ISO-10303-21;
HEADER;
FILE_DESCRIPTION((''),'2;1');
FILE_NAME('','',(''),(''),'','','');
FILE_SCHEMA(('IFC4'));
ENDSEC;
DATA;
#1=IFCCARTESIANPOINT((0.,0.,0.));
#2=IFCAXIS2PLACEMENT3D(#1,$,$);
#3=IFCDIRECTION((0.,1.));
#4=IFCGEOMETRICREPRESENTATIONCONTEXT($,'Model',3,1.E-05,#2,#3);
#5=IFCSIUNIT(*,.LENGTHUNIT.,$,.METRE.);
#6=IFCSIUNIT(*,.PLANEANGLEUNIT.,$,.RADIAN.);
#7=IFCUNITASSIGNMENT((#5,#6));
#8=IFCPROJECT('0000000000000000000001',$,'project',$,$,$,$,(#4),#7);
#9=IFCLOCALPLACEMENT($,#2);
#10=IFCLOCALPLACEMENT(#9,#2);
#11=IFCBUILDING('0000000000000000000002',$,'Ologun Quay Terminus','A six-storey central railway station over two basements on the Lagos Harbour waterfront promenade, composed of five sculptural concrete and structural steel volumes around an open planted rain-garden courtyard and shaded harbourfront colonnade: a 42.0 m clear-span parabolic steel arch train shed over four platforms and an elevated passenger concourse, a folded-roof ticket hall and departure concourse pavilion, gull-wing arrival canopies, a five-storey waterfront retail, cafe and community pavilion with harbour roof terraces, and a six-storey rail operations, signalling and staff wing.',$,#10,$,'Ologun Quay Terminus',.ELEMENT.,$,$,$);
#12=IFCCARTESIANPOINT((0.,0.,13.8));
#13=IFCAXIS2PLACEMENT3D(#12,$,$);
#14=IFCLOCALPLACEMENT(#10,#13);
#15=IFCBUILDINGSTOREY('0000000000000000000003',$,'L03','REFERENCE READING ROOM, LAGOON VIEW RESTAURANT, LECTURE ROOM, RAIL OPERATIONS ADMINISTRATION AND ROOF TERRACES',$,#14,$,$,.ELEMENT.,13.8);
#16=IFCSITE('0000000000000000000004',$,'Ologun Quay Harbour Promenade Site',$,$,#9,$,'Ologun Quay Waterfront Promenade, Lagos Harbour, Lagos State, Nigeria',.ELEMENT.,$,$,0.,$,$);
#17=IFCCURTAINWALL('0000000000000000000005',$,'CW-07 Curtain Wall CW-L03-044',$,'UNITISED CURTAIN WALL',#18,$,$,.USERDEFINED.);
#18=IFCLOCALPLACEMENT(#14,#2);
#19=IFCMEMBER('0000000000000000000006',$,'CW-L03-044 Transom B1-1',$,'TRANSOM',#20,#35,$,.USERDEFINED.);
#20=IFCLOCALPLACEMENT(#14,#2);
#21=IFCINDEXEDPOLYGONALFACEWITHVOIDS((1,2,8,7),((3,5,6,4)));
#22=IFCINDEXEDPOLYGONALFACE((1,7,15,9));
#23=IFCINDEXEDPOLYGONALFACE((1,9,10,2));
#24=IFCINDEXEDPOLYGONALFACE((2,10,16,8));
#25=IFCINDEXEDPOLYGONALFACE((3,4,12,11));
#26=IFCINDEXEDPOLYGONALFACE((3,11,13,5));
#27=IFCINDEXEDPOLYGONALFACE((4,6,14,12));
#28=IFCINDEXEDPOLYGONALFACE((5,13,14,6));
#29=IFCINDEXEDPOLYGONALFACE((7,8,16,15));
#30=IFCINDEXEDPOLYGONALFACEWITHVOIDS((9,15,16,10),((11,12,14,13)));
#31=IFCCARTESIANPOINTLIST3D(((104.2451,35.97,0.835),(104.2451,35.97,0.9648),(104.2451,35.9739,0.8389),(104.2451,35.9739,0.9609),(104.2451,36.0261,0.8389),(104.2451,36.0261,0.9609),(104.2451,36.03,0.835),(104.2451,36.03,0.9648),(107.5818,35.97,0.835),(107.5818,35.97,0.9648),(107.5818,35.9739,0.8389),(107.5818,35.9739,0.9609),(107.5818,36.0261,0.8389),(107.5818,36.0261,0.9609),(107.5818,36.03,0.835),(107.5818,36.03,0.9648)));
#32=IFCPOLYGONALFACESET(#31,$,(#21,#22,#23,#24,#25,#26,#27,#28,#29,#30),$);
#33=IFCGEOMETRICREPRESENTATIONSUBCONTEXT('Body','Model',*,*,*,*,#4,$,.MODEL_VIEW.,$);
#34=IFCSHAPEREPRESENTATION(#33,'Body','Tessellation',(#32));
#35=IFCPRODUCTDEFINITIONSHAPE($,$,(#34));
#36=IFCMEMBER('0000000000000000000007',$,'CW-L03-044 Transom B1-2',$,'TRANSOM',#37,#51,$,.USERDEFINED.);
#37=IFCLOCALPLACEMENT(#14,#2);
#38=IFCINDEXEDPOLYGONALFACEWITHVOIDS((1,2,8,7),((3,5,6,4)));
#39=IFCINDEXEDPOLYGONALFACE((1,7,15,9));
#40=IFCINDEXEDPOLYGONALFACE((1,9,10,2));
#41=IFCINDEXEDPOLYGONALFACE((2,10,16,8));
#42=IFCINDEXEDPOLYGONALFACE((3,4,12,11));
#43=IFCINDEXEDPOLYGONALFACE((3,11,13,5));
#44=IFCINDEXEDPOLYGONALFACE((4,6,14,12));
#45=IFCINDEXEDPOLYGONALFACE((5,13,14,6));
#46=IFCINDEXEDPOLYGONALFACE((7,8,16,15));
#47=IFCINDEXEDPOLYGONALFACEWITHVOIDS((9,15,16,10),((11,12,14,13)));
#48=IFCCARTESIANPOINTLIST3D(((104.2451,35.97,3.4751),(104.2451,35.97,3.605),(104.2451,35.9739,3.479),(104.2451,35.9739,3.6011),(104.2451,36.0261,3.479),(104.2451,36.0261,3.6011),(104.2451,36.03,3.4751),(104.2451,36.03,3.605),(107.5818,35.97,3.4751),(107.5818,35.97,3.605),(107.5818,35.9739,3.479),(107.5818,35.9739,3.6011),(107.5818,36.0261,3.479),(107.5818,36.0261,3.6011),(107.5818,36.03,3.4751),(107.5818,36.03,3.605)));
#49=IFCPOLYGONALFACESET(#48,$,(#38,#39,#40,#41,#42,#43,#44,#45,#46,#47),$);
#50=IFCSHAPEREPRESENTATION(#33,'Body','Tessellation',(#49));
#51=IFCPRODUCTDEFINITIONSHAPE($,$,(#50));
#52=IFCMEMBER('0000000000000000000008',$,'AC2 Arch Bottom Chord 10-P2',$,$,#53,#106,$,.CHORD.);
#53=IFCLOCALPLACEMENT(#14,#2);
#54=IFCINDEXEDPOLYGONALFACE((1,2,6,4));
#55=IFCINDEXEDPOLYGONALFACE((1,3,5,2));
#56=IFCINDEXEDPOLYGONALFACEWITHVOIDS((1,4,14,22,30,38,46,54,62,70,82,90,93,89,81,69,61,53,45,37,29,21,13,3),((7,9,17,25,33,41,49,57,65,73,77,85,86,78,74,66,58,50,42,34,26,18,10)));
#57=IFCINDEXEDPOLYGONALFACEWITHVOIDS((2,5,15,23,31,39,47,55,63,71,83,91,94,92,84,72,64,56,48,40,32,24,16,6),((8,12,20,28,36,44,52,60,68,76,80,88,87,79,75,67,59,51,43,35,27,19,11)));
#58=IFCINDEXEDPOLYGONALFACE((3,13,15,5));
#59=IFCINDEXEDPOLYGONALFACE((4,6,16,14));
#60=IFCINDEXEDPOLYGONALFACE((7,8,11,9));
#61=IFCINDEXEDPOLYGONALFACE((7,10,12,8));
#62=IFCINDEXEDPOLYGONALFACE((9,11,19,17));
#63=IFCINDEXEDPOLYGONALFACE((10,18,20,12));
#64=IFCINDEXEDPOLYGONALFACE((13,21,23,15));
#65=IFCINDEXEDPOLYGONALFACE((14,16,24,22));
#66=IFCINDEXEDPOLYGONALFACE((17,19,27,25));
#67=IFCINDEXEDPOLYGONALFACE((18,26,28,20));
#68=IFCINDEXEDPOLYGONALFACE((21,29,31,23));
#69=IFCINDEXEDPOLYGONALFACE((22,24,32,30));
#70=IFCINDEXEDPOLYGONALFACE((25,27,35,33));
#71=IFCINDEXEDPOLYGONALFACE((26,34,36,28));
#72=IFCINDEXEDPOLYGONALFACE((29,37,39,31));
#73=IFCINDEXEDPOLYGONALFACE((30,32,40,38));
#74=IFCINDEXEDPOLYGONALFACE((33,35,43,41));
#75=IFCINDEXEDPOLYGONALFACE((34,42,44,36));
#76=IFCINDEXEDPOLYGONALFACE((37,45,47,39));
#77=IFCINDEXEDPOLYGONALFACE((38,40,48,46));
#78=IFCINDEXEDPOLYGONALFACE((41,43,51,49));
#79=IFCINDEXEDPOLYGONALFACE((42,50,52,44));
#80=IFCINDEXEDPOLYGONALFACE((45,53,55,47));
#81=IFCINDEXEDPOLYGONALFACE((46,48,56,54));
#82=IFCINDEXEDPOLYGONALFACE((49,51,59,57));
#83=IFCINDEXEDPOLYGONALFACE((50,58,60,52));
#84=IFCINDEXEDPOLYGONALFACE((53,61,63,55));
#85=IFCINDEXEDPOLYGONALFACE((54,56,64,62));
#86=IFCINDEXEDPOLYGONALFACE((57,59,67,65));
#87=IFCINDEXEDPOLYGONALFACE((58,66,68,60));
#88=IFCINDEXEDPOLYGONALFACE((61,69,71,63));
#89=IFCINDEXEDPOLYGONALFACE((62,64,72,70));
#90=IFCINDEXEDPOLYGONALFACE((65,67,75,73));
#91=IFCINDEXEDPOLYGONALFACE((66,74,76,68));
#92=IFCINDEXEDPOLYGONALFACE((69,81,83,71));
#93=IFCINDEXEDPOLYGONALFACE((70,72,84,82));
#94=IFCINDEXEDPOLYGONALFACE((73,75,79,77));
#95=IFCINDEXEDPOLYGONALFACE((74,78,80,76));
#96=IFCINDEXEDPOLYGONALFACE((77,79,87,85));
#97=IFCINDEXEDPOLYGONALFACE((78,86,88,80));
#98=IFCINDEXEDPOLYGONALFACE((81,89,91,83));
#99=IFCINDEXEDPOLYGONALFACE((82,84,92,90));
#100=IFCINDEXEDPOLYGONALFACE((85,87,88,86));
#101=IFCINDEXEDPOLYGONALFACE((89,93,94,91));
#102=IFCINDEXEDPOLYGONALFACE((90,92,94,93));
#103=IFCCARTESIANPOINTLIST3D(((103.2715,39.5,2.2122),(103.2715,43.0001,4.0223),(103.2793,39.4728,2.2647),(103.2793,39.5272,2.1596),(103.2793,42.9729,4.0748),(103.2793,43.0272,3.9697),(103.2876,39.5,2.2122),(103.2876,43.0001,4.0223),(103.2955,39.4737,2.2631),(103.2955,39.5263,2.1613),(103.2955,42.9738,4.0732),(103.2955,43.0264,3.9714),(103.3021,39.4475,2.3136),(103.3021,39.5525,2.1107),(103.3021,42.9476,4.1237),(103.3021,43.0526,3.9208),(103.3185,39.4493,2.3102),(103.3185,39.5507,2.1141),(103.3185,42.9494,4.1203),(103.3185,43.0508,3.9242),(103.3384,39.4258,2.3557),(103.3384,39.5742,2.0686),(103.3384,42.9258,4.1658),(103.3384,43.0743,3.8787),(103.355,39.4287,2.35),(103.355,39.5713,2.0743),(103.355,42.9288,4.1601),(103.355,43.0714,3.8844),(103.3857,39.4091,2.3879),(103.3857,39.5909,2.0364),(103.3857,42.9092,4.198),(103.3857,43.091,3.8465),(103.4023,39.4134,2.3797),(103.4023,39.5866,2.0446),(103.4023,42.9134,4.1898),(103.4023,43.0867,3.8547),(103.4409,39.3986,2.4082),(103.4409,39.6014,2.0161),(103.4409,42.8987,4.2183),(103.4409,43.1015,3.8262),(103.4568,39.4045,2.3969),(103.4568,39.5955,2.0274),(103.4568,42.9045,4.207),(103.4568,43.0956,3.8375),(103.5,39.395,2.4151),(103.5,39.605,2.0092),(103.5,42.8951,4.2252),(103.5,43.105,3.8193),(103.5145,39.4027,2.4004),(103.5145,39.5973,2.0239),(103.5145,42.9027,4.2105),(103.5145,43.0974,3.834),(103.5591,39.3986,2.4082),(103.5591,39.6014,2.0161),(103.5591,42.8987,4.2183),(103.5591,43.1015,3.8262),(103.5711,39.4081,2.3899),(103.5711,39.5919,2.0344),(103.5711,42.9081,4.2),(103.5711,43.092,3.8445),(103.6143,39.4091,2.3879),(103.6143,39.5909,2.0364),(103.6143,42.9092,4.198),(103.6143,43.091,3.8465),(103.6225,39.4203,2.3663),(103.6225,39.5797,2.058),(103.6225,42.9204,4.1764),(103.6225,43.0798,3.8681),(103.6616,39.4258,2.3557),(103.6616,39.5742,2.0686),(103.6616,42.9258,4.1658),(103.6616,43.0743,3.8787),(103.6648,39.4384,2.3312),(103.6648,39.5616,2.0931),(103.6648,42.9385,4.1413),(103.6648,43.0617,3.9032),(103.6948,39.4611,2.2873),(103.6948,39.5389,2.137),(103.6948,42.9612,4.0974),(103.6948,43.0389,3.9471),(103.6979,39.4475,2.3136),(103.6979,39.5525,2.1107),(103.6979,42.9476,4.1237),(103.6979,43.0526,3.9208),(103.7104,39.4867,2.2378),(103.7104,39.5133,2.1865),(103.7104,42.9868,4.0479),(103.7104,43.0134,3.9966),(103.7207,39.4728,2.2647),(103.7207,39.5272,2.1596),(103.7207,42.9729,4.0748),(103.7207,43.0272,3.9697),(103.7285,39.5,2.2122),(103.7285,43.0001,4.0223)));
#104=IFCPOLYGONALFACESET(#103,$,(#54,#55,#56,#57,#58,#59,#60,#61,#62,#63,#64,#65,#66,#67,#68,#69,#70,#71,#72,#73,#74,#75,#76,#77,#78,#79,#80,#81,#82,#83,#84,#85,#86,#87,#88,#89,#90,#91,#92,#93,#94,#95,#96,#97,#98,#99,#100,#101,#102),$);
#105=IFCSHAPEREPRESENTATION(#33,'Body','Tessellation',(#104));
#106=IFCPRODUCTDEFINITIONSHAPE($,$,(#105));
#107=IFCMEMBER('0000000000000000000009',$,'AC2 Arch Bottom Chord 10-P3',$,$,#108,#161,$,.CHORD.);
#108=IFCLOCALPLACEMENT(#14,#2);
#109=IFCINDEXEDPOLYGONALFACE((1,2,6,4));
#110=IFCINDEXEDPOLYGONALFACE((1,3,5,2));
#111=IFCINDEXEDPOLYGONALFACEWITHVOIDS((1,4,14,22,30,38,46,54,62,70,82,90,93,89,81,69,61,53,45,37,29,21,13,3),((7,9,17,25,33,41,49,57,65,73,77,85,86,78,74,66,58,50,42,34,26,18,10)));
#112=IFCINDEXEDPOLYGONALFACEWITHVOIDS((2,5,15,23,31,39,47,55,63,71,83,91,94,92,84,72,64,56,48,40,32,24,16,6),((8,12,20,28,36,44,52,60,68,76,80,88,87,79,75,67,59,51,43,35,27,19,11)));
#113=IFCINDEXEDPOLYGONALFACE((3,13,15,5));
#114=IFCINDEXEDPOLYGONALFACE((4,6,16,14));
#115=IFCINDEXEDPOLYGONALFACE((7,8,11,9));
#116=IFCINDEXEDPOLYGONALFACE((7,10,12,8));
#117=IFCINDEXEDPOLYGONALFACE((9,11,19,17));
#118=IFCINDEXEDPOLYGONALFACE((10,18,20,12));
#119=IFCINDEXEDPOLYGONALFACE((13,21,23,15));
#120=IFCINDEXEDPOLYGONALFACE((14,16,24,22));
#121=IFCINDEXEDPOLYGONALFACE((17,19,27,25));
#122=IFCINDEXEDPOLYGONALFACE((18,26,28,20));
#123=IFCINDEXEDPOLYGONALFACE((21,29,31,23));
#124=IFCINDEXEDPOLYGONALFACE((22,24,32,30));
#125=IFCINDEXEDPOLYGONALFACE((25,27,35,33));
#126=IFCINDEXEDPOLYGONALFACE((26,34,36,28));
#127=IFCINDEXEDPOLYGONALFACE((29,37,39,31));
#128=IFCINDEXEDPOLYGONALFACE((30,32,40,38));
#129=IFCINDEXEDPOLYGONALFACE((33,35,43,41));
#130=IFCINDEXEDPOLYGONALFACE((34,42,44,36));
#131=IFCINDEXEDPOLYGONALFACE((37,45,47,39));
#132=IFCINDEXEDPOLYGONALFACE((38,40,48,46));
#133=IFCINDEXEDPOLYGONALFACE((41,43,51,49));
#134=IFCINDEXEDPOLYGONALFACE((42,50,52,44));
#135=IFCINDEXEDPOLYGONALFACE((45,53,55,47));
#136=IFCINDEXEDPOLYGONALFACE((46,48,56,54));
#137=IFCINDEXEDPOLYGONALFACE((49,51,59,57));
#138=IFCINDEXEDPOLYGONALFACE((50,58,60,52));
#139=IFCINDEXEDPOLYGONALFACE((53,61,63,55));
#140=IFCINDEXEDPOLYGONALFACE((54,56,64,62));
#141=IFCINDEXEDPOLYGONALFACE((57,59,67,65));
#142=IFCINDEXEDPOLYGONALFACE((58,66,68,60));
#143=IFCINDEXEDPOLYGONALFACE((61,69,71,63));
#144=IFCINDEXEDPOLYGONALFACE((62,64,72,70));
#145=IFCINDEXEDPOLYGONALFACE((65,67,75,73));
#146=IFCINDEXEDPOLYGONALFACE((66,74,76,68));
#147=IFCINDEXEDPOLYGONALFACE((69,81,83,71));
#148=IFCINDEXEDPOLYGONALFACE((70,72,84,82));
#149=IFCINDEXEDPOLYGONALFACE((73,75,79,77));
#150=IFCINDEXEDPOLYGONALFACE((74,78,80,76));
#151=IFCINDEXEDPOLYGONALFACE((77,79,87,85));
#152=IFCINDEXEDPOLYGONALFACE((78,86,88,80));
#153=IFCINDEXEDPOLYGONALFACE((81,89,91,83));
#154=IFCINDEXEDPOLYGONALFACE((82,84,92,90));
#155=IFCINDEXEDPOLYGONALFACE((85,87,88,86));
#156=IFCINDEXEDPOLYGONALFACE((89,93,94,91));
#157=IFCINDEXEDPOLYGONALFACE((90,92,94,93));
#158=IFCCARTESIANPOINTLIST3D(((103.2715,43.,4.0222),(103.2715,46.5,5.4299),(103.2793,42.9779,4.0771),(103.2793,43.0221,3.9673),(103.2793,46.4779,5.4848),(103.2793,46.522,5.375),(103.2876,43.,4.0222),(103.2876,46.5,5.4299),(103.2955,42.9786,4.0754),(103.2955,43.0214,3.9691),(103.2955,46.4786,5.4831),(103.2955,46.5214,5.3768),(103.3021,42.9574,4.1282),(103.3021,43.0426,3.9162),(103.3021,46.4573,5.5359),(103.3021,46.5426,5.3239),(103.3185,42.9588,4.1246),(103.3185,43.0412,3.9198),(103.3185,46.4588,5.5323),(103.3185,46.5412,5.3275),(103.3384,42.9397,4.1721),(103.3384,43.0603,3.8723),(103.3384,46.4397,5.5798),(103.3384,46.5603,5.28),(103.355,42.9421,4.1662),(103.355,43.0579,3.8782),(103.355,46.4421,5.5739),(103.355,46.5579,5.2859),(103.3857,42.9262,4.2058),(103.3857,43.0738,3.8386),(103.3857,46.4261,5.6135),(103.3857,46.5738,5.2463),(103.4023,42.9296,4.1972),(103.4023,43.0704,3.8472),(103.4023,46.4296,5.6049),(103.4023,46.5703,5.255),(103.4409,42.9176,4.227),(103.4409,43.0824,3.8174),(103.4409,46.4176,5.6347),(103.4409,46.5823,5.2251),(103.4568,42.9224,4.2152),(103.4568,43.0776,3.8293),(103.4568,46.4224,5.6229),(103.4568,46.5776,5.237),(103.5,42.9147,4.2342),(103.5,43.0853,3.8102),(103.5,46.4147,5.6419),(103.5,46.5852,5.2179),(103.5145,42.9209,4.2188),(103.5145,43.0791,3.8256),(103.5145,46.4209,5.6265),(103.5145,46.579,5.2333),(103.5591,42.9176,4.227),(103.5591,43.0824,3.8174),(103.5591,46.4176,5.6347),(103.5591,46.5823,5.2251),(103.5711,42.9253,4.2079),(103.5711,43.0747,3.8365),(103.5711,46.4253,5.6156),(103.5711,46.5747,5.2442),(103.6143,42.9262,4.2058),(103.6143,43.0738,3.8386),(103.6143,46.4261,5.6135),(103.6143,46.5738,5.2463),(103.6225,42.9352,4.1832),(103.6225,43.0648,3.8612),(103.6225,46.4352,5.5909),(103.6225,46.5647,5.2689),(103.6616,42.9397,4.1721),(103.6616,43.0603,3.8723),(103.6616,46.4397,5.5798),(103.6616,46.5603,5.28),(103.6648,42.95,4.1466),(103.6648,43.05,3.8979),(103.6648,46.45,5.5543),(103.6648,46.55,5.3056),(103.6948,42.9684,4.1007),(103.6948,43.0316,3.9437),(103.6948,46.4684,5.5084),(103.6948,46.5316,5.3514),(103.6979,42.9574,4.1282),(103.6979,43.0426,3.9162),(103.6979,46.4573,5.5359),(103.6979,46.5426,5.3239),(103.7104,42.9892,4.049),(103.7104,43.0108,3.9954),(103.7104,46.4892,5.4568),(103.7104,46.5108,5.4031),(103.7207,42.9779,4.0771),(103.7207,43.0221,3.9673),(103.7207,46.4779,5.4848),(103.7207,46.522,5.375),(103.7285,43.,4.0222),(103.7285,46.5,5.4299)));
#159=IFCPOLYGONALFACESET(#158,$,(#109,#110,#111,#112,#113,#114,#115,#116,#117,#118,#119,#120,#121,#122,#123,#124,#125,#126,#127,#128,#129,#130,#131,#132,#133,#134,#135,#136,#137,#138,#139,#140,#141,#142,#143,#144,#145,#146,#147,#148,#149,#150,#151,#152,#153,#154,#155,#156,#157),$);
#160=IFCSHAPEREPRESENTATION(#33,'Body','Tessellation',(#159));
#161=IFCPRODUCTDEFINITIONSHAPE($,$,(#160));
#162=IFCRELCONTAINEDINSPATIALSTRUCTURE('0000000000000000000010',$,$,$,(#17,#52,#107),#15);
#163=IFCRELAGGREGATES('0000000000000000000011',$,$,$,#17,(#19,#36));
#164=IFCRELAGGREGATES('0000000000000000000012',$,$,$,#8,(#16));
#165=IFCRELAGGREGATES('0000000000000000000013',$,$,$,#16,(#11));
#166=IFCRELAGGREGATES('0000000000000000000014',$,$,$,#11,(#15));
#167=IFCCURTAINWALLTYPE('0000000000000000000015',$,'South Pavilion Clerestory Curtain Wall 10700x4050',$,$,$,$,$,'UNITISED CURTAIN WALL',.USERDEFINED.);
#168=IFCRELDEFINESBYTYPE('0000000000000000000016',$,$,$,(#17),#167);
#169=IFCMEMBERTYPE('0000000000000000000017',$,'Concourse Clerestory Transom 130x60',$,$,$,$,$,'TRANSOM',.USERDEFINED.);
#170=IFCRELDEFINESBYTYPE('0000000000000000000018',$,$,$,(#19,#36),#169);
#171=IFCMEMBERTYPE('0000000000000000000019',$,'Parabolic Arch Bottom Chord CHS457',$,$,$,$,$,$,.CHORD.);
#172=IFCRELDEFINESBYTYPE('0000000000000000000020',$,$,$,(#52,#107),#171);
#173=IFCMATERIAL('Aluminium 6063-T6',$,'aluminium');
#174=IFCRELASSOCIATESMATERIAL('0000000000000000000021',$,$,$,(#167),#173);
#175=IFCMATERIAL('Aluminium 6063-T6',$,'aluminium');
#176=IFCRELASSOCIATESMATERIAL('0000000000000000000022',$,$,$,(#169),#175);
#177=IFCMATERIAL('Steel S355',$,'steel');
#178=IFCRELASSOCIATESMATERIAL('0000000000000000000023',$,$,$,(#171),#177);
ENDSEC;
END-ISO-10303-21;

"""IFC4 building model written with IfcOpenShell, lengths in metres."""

from ifc_helpers import new_model, si_unit, direction, frame, origin, origin_2d, place, context, subcontext, project, spatial, hollow_rectangle, hollow_circle, extrude, material, material_profile, profile_set, type_object, element, aggregate, save


model = new_model("IFC4")

# Units and contexts
model_context = context("Model", 3, precision=1e-05, world=origin(), true_north=direction((0.0, 1.0)))
body_context = subcontext(model_context, "Body", "Model", "MODEL_VIEW")
ifc_project = project(units=[si_unit("LENGTHUNIT", "METRE"), si_unit("PLANEANGLEUNIT", "RADIAN")], contexts=[model_context])

# Site, building, storey
site_placement = place(None, origin())
site = spatial("IfcSite", under=ifc_project, at=site_placement, Name="Ologun Quay Harbour Promenade Site", LongName="Ologun Quay Waterfront Promenade, Lagos Harbour, Lagos State, Nigeria", CompositionType="ELEMENT", RefElevation=0.0)
building_placement = place(site_placement, origin())
building = spatial("IfcBuilding", under=site, at=building_placement, Name="Ologun Quay Terminus", Description="A six-storey central railway station over two basements on the Lagos Harbour waterfront promenade, composed of five sculptural concrete and structural steel volumes around an open planted rain-garden courtyard and shaded harbourfront colonnade: a 42.0 m clear-span parabolic steel arch train shed over four platforms and an elevated passenger concourse, a folded-roof ticket hall and departure concourse pavilion, gull-wing arrival canopies, a five-storey waterfront retail, cafe and community pavilion with harbour roof terraces, and a six-storey rail operations, signalling and staff wing.", LongName="Ologun Quay Terminus", CompositionType="ELEMENT")
storey_placement = place(building_placement, frame((0.0, 0.0, 13.8)))
storey = spatial("IfcBuildingStorey", under=building, at=storey_placement, Name="L03", Description="REFERENCE READING ROOM, LAGOON VIEW RESTAURANT, LECTURE ROOM, RAIL OPERATIONS ADMINISTRATION AND ROOF TERRACES", CompositionType="ELEMENT", Elevation=13.8)

# Curtain wall, members
ifc_material_1 = material(Name="Aluminium 6063-T6", Category="aluminium")
curtain_wall_type = type_object("IfcCurtainWallType", Name="South Pavilion Clerestory Curtain Wall 10700x4050", ElementType="UNITISED CURTAIN WALL", PredefinedType="USERDEFINED", material=ifc_material_1)
curtain_wall_placement = place(storey_placement, origin())
curtain_wall = element("IfcCurtainWall", 1, at=curtain_wall_placement, inside=storey, type_object=curtain_wall_type, Name="CW-07 Curtain Wall CW-L03-044", ObjectType="UNITISED CURTAIN WALL", PredefinedType="USERDEFINED")
ifc_material_2 = material(Name="Aluminium 6063-T6", Category="aluminium")
ifc_material_profile_1 = material_profile(ifc_material_2, hollow_rectangle(XDim=0.0601, YDim=0.1299, WallThickness=0.0039, at=origin_2d()), Name="ALU 130x60x4")
ifc_profile_set_1 = profile_set([ifc_material_profile_1], Name="Aluminium 6063-T6")
member_type_1 = type_object("IfcMemberType", Name="Concourse Clerestory Transom 130x60", ElementType="TRANSOM", PredefinedType="USERDEFINED", material=ifc_profile_set_1)
member_1_placement = place(storey_placement, frame((104.2451, 36.0, 0.8999), z_axis=(1.0, 0.0, 0.0), x_axis=(0.0, 1.0, 0.0)))
member_1 = element("IfcMember", 2, at=member_1_placement, type_object=member_type_1, Name="CW-L03-044 Transom B1-1", ObjectType="TRANSOM", PredefinedType="USERDEFINED", context=body_context, shape_type="SweptSolid", body=[
    extrude(hollow_rectangle(XDim=0.0601, YDim=0.1299, WallThickness=0.0039, at=origin_2d()), origin(), (0.0, 0.0, 1.0), 3.3367),
])
member_2_placement = place(storey_placement, frame((104.2451, 36.0, 3.54), z_axis=(1.0, 0.0, 0.0), x_axis=(0.0, 1.0, 0.0)))
member_2 = element("IfcMember", 3, at=member_2_placement, type_object=member_type_1, Name="CW-L03-044 Transom B1-2", ObjectType="TRANSOM", PredefinedType="USERDEFINED", context=body_context, shape_type="SweptSolid", body=[
    extrude(hollow_rectangle(XDim=0.0601, YDim=0.1299, WallThickness=0.0039, at=origin_2d()), origin(), (0.0, 0.0, 1.0), 3.3367),
])

# Members
ifc_material_3 = material(Name="Steel S355", Category="steel")
ifc_material_profile_2 = material_profile(ifc_material_3, hollow_circle(Radius=0.2285, WallThickness=0.0161, at=origin_2d()), Name="CHS 457x16")
ifc_profile_set_2 = profile_set([ifc_material_profile_2], Name="Steel S355")
member_type_2 = type_object("IfcMemberType", Name="Parabolic Arch Bottom Chord CHS457", PredefinedType="CHORD", material=ifc_profile_set_2)
member_3_placement = place(storey_placement, frame((103.5, 39.5, 2.2122), z_axis=(0.0, 0.888247, 0.459366), x_axis=(-1.0, 0.0, 0.0)))
element("IfcMember", 4, at=member_3_placement, inside=storey, type_object=member_type_2, Name="AC2 Arch Bottom Chord 10-P2", PredefinedType="CHORD", context=body_context, shape_type="SweptSolid", body=[
    extrude(hollow_circle(Radius=0.2285, WallThickness=0.0161, at=origin_2d()), origin(), (0.0, 0.0, 1.0), 3.9404),
])
member_4_placement = place(storey_placement, frame((103.5, 43.0, 4.0222), z_axis=(0.0, 0.92777, 0.373153), x_axis=(-1.0, 0.0, 0.0)))
element("IfcMember", 5, at=member_4_placement, inside=storey, type_object=member_type_2, Name="AC2 Arch Bottom Chord 10-P3", PredefinedType="CHORD", context=body_context, shape_type="SweptSolid", body=[
    extrude(hollow_circle(Radius=0.2285, WallThickness=0.0161, at=origin_2d()), origin(), (0.0, 0.0, 1.0), 3.7725),
])

aggregate(curtain_wall, [member_1, member_2])

save(model, "model.ifc")
